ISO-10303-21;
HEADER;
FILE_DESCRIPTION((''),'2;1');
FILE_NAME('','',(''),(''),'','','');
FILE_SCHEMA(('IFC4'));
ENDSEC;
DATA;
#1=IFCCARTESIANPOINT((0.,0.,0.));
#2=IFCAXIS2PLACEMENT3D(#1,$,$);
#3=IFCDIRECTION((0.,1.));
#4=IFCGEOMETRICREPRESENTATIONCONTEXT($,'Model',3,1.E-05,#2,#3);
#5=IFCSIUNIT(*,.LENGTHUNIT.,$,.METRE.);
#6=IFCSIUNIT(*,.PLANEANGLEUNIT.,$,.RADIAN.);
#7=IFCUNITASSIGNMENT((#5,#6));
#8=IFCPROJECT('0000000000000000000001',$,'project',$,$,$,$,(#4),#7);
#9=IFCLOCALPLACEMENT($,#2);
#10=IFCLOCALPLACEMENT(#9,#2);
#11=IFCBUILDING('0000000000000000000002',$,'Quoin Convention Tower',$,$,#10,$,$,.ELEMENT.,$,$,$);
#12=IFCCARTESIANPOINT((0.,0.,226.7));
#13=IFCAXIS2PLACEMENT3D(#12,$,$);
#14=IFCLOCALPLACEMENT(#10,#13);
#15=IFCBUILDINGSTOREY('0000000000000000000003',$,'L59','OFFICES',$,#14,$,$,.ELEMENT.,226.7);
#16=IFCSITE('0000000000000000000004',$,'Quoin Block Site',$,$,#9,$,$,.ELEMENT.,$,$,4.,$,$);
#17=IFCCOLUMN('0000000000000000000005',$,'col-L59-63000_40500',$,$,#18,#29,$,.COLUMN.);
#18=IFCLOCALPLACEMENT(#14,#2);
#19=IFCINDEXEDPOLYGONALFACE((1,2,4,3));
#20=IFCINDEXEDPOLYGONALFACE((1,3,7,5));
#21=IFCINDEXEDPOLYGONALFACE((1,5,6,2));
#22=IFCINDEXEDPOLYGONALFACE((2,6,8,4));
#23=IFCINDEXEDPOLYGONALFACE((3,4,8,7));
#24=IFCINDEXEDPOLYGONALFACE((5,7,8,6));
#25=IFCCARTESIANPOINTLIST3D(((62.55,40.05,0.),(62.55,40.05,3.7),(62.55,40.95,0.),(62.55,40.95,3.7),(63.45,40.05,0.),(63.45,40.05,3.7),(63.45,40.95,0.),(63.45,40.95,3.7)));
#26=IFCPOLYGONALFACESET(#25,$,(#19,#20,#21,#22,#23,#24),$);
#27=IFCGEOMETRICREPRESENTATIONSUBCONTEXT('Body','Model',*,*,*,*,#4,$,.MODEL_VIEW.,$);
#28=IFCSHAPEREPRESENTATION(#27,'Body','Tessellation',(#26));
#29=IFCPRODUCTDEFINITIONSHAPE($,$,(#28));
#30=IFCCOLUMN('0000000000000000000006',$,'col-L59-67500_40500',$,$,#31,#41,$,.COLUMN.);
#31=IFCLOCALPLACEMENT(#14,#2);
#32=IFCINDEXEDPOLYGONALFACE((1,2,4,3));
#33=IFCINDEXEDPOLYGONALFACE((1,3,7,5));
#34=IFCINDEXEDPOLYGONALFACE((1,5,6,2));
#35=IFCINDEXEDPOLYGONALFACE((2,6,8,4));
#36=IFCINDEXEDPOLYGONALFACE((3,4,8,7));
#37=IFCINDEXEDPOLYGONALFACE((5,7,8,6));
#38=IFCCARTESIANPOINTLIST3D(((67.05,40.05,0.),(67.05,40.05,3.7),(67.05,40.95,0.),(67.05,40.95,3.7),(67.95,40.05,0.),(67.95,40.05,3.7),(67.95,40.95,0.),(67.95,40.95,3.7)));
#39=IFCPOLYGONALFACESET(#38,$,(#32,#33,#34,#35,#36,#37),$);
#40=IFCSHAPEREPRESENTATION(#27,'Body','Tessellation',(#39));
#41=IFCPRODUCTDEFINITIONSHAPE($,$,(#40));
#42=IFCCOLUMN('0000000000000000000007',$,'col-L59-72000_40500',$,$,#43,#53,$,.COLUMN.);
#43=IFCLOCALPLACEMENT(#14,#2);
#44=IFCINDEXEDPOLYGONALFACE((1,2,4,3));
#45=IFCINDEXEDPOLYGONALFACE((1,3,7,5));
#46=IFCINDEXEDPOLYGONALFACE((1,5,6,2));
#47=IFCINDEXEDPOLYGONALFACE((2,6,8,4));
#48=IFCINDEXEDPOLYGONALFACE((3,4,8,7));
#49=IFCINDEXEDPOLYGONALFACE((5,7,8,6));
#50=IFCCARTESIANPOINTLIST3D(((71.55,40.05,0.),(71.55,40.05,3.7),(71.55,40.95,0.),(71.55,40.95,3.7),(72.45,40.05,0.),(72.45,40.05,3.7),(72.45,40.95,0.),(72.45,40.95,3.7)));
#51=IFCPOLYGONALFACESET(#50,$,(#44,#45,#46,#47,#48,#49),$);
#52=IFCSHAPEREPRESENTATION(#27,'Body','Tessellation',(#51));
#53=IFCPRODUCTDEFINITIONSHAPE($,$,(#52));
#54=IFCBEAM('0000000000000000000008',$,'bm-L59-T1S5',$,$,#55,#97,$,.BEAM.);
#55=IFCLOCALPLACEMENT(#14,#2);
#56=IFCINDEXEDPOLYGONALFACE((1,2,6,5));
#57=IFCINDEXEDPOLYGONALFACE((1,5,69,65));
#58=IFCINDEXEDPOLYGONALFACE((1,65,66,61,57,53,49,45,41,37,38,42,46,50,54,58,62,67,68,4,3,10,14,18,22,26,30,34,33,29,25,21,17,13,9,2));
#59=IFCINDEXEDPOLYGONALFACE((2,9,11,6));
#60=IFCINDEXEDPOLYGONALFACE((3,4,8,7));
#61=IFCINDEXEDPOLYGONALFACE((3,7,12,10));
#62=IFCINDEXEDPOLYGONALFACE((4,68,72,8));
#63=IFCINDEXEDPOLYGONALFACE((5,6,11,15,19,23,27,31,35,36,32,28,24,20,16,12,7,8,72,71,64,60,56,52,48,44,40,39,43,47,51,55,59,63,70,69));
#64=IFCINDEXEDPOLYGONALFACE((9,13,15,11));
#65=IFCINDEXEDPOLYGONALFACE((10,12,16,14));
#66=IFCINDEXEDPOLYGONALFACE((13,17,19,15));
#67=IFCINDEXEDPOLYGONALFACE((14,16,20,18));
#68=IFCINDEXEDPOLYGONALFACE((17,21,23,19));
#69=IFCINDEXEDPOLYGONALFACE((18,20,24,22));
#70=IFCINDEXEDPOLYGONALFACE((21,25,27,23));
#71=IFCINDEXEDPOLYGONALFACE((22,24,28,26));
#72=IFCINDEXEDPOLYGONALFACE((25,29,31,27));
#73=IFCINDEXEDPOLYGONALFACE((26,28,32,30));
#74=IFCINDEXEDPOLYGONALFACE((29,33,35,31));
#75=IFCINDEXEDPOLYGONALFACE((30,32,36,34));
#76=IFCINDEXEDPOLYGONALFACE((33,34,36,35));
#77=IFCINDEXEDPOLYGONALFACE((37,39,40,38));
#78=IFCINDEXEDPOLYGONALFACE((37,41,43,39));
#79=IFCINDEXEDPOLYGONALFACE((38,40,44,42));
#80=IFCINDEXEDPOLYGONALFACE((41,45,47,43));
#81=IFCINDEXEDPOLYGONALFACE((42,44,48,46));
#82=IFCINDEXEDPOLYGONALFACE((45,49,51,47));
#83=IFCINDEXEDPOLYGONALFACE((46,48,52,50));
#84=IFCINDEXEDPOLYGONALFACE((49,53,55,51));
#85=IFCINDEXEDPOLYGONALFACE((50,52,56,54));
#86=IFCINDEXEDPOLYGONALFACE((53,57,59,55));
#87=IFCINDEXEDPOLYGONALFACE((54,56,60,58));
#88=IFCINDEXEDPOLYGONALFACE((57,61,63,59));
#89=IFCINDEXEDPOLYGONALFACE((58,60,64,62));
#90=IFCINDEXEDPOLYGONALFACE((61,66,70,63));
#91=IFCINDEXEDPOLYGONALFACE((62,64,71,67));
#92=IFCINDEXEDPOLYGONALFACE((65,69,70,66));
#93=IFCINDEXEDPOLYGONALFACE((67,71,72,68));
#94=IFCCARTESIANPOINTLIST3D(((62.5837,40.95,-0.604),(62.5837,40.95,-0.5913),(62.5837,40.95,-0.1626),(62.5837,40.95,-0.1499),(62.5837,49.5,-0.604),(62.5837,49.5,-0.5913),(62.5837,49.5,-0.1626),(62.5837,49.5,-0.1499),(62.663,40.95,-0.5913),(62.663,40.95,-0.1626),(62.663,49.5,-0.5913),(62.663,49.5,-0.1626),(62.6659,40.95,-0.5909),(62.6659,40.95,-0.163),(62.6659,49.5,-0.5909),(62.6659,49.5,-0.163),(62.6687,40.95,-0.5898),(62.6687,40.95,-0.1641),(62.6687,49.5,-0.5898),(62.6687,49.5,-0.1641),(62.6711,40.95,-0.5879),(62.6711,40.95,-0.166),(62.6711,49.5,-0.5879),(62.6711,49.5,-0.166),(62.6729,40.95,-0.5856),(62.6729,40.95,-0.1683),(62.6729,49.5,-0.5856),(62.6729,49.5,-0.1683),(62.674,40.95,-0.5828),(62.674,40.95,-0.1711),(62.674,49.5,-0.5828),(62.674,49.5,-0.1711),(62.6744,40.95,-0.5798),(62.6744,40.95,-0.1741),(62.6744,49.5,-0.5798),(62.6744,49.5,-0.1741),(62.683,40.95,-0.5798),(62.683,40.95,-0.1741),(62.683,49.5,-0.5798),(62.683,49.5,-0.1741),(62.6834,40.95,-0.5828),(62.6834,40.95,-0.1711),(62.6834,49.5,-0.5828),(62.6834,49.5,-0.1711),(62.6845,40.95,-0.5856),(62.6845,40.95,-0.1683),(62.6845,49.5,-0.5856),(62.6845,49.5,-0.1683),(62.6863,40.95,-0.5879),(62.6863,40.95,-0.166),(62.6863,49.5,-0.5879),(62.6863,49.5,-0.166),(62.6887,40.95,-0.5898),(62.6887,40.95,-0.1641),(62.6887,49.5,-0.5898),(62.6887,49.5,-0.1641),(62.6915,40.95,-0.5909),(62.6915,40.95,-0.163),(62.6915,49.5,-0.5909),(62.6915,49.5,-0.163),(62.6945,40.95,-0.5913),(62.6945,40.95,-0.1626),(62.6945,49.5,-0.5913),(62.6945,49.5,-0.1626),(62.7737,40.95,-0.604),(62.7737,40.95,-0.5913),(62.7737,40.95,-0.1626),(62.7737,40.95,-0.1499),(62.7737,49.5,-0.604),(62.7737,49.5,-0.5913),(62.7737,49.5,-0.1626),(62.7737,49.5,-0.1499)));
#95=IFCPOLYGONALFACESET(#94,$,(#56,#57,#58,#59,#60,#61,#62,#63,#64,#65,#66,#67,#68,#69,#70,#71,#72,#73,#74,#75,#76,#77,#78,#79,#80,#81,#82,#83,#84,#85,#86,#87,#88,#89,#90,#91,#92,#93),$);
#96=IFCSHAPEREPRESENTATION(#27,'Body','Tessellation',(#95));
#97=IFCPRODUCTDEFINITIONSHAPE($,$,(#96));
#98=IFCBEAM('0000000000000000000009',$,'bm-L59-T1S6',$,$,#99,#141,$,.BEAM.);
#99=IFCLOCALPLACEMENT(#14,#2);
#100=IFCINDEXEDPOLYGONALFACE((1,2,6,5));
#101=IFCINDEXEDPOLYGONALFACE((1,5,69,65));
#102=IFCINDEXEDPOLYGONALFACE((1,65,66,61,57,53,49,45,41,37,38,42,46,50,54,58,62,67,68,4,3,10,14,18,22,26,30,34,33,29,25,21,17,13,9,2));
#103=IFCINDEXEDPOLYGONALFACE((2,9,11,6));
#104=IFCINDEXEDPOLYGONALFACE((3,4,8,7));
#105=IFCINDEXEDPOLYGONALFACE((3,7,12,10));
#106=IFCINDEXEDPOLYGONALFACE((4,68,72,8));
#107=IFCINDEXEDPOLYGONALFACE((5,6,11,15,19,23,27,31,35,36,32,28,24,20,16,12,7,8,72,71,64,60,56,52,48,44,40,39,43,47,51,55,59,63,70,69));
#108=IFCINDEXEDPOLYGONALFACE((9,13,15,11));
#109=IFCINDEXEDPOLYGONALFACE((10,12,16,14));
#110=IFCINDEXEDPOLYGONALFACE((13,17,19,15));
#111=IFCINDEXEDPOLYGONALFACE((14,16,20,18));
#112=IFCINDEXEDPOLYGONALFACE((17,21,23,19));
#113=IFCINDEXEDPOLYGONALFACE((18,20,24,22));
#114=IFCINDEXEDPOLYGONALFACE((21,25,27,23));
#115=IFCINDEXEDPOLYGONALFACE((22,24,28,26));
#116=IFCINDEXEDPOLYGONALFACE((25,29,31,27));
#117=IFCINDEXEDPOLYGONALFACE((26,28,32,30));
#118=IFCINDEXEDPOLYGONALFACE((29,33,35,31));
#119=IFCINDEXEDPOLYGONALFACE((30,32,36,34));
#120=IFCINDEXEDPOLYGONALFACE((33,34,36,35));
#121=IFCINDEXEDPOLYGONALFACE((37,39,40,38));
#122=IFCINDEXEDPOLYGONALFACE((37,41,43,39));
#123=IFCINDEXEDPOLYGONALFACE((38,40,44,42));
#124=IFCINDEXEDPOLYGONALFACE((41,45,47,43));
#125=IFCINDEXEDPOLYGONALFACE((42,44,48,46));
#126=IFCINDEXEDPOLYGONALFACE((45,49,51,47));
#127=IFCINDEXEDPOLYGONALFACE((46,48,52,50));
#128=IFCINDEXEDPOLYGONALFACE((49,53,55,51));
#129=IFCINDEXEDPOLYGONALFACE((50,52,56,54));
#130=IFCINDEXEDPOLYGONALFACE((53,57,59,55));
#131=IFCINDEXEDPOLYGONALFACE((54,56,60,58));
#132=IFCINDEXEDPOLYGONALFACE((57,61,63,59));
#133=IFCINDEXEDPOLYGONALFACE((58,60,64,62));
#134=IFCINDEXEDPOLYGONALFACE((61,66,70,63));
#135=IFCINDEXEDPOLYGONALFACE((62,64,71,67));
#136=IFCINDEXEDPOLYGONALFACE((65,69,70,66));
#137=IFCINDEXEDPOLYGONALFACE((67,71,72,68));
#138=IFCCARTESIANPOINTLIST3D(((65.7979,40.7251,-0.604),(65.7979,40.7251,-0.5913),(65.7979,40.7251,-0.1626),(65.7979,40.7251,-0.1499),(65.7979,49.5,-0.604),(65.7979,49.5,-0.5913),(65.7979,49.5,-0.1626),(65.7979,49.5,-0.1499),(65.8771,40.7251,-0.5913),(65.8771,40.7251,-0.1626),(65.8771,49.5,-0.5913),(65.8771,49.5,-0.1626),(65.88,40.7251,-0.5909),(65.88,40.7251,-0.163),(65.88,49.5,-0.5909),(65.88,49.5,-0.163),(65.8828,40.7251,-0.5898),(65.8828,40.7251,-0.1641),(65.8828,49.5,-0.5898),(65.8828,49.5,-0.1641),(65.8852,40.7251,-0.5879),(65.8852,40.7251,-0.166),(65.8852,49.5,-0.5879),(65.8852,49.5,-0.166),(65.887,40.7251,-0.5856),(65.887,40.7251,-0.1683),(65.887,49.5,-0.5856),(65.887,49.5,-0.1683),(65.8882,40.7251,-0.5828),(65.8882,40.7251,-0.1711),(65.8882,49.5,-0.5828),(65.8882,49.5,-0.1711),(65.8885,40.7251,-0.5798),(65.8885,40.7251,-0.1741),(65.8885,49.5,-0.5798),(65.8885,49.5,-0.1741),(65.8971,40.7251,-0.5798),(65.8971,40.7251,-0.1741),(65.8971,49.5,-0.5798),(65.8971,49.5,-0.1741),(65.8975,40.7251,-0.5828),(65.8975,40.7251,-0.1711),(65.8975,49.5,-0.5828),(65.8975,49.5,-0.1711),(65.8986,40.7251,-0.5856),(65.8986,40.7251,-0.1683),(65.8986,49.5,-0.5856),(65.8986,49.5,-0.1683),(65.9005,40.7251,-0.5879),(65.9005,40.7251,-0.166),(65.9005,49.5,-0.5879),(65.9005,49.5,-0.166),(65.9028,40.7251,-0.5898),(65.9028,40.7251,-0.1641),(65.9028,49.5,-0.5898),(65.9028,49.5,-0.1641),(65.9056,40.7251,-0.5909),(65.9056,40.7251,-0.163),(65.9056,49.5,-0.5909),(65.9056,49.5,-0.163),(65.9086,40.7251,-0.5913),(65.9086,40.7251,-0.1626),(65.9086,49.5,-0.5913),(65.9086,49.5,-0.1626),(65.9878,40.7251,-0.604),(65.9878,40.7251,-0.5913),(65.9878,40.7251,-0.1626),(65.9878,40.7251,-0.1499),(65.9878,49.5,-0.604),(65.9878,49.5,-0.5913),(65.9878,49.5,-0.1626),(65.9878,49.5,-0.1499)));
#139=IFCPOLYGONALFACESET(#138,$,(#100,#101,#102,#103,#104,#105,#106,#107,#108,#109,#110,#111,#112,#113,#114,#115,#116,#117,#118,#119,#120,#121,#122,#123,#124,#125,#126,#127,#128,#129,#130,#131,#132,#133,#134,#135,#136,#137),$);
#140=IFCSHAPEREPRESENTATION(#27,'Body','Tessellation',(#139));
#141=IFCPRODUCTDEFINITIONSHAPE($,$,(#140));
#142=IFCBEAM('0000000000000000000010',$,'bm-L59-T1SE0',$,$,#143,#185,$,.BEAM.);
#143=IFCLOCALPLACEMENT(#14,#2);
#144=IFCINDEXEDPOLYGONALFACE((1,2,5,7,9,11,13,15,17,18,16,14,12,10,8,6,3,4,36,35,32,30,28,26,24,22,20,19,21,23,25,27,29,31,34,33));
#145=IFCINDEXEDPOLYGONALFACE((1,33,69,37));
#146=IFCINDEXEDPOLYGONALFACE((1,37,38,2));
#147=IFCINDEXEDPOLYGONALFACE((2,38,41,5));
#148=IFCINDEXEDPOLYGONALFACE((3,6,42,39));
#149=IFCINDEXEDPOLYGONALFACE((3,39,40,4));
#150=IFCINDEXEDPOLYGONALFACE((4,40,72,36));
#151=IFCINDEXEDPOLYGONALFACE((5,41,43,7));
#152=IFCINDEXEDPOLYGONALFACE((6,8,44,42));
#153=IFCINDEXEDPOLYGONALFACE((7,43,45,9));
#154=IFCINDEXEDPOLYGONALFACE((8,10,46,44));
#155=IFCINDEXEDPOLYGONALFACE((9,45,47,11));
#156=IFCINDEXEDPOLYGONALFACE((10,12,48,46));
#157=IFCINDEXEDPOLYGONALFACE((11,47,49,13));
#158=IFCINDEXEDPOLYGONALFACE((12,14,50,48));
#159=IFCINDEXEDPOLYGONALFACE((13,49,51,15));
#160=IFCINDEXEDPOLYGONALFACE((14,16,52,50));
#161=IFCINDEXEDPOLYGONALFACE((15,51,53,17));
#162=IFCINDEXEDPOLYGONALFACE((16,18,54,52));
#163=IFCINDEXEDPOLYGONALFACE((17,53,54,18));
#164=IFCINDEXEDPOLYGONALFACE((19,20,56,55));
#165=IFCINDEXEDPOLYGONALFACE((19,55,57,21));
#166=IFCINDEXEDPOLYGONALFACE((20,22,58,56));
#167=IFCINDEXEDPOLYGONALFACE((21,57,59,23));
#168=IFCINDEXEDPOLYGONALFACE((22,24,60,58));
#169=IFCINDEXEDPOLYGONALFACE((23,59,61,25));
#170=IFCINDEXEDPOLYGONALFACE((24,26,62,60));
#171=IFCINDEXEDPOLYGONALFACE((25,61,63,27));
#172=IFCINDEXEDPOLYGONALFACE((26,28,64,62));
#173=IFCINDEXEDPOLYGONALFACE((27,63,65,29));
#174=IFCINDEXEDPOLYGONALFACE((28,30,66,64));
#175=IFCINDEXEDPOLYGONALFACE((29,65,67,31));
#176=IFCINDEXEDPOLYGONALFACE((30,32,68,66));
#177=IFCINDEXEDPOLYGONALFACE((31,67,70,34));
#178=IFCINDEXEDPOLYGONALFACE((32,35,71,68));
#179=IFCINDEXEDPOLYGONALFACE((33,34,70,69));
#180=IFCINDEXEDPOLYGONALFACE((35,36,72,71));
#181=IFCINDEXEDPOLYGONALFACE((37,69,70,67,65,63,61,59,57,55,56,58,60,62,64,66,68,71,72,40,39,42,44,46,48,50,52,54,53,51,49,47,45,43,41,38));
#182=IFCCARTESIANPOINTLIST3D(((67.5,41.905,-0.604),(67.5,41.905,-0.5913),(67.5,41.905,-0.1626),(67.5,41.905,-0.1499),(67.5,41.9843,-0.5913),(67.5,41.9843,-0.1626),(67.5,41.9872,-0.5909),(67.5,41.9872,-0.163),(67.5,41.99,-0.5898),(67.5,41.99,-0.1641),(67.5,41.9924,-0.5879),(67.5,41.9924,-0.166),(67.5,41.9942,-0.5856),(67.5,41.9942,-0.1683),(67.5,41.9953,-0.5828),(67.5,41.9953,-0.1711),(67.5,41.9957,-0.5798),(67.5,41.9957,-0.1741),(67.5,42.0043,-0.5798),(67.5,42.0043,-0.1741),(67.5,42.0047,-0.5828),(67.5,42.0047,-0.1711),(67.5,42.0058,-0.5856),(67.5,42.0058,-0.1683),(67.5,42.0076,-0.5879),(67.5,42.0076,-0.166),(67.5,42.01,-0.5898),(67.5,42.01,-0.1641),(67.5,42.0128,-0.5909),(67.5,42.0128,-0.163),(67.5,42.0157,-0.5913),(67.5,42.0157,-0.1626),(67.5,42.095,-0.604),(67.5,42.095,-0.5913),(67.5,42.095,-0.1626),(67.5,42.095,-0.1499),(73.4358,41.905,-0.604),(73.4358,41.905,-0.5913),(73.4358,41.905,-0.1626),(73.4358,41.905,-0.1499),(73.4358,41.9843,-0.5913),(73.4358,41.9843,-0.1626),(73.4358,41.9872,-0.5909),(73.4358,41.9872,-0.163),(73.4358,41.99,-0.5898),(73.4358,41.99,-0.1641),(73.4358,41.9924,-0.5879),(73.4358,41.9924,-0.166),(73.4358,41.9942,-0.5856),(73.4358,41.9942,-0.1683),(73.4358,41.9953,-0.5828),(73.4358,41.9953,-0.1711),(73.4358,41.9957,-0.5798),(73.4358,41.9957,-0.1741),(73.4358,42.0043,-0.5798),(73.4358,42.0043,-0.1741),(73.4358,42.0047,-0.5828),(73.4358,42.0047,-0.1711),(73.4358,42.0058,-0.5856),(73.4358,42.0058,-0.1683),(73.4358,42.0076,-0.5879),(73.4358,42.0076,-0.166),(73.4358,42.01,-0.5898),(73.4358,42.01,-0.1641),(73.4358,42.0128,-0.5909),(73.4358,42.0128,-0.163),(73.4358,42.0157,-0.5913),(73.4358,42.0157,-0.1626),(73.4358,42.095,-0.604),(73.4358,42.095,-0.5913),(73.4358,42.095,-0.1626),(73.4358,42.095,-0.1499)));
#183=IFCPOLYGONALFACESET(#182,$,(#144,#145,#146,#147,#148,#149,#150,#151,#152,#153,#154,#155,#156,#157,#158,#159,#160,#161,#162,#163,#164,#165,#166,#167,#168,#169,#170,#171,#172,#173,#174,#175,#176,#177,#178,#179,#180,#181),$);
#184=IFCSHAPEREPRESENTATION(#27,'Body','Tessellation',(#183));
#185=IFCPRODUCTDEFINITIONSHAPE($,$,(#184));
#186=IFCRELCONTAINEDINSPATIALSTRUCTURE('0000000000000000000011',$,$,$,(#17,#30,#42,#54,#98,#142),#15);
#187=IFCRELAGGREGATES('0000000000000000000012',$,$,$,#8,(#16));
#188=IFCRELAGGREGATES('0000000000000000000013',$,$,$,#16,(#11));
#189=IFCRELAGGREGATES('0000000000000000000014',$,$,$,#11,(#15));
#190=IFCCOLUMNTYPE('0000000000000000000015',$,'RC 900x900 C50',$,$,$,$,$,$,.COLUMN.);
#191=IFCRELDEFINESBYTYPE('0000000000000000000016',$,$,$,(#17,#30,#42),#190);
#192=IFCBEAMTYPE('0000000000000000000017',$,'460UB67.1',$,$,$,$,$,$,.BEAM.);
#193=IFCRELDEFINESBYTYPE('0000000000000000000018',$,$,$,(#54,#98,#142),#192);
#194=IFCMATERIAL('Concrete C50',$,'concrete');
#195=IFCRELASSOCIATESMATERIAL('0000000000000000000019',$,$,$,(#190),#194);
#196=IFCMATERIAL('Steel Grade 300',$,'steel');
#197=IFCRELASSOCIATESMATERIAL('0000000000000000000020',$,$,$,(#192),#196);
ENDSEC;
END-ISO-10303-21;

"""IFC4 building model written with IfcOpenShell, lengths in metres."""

from ifc_helpers import new_model, si_unit, direction, frame, origin, origin_2d, place, context, subcontext, project, spatial, rectangle, i_section, extrude, material, material_profile, profile_set, type_object, element, save


model = new_model("IFC4")

# Units and contexts
model_context = context("Model", 3, precision=1e-05, world=origin(), true_north=direction((0.0, 1.0)))
body_context = subcontext(model_context, "Body", "Model", "MODEL_VIEW")
ifc_project = project(units=[si_unit("LENGTHUNIT", "METRE"), si_unit("PLANEANGLEUNIT", "RADIAN")], contexts=[model_context])

# Site, building, storey
site_placement = place(None, origin())
site = spatial("IfcSite", under=ifc_project, at=site_placement, Name="Quoin Block Site", CompositionType="ELEMENT", RefElevation=4.0)
building_placement = place(site_placement, origin())
building = spatial("IfcBuilding", under=site, at=building_placement, Name="Quoin Convention Tower", CompositionType="ELEMENT")
storey_placement = place(building_placement, frame((0.0, 0.0, 226.7)))
storey = spatial("IfcBuildingStorey", under=building, at=storey_placement, Name="L59", Description="OFFICES", CompositionType="ELEMENT", Elevation=226.7)

# Columns
ifc_material_1 = material(Name="Concrete C50", Category="concrete")
ifc_material_profile_1 = material_profile(ifc_material_1, rectangle(XDim=0.8999, YDim=0.8999, at=origin_2d()), Name="RC 900x900")
ifc_profile_set_1 = profile_set([ifc_material_profile_1], Name="Concrete C50")
column_type = type_object("IfcColumnType", Name="RC 900x900 C50", PredefinedType="COLUMN", material=ifc_profile_set_1)
for number, where, z_axis, x_axis, name in (
    (1, (63.0, 40.5, 0.0), (0.0, 0.0, 1.0), (1.0, 0.0, 0.0), "col-L59-63000_40500"),
    (2, (67.5, 40.5, 0.0), (0.0, 0.0, 1.0), (1.0, 0.0, 0.0), "col-L59-67500_40500"),
    (3, (72.0, 40.5, 0.0), (0.0, 0.0, 1.0), (1.0, 0.0, 0.0), "col-L59-72000_40500"),
):
    element("IfcColumn", number, at=place(storey_placement, frame(where, z_axis=z_axis, x_axis=x_axis)), inside=storey, type_object=column_type, Name=name, PredefinedType="COLUMN", context=body_context, shape_type="SweptSolid", body=[
        extrude(rectangle(XDim=0.8999, YDim=0.8999, at=origin_2d()), origin(), (0.0, 0.0, 1.0), 3.7),
    ])

# Beams
ifc_material_2 = material(Name="Steel Grade 300", Category="steel")
ifc_material_profile_2 = material_profile(ifc_material_2, i_section(OverallWidth=0.1899, OverallDepth=0.4541, WebThickness=0.0085, FlangeThickness=0.0127, FilletRadius=0.0115, at=origin_2d()), Name="460UB67.1")
ifc_profile_set_2 = profile_set([ifc_material_profile_2], Name="Steel Grade 300")
beam_type_1 = type_object("IfcBeamType", Name="460UB67.1", PredefinedType="BEAM", material=ifc_profile_set_2)
beam_1_placement = place(storey_placement, frame((62.6787, 40.95, -0.377), z_axis=(0.0, 1.0, 0.0), x_axis=(-1.0, 0.0, 0.0)))
element("IfcBeam", 4, at=beam_1_placement, inside=storey, type_object=beam_type_1, Name="bm-L59-T1S5", PredefinedType="BEAM", context=body_context, shape_type="SweptSolid", body=[
    extrude(i_section(OverallWidth=0.1899, OverallDepth=0.4541, WebThickness=0.0085, FlangeThickness=0.0127, FilletRadius=0.0115, at=origin_2d()), origin(), (0.0, 0.0, 1.0), 8.55),
])
beam_2_placement = place(storey_placement, frame((65.8928, 40.7251, -0.377), z_axis=(0.0, 1.0, 0.0), x_axis=(-1.0, 0.0, 0.0)))
element("IfcBeam", 5, at=beam_2_placement, inside=storey, type_object=beam_type_1, Name="bm-L59-T1S6", PredefinedType="BEAM", context=body_context, shape_type="SweptSolid", body=[
    extrude(i_section(OverallWidth=0.1899, OverallDepth=0.4541, WebThickness=0.0085, FlangeThickness=0.0127, FilletRadius=0.0115, at=origin_2d()), origin(), (0.0, 0.0, 1.0), 8.7749),
])
beam_3_placement = place(storey_placement, frame((67.5, 42.0, -0.377), z_axis=(1.0, 0.0, 0.0), x_axis=(0.0, 1.0, 0.0)))
element("IfcBeam", 6, at=beam_3_placement, inside=storey, type_object=beam_type_1, Name="bm-L59-T1SE0", PredefinedType="BEAM", context=body_context, shape_type="SweptSolid", body=[
    extrude(i_section(OverallWidth=0.1899, OverallDepth=0.4541, WebThickness=0.0085, FlangeThickness=0.0127, FilletRadius=0.0115, at=origin_2d()), origin(), (0.0, 0.0, 1.0), 5.9358),
])

save(model, "model.ifc")
